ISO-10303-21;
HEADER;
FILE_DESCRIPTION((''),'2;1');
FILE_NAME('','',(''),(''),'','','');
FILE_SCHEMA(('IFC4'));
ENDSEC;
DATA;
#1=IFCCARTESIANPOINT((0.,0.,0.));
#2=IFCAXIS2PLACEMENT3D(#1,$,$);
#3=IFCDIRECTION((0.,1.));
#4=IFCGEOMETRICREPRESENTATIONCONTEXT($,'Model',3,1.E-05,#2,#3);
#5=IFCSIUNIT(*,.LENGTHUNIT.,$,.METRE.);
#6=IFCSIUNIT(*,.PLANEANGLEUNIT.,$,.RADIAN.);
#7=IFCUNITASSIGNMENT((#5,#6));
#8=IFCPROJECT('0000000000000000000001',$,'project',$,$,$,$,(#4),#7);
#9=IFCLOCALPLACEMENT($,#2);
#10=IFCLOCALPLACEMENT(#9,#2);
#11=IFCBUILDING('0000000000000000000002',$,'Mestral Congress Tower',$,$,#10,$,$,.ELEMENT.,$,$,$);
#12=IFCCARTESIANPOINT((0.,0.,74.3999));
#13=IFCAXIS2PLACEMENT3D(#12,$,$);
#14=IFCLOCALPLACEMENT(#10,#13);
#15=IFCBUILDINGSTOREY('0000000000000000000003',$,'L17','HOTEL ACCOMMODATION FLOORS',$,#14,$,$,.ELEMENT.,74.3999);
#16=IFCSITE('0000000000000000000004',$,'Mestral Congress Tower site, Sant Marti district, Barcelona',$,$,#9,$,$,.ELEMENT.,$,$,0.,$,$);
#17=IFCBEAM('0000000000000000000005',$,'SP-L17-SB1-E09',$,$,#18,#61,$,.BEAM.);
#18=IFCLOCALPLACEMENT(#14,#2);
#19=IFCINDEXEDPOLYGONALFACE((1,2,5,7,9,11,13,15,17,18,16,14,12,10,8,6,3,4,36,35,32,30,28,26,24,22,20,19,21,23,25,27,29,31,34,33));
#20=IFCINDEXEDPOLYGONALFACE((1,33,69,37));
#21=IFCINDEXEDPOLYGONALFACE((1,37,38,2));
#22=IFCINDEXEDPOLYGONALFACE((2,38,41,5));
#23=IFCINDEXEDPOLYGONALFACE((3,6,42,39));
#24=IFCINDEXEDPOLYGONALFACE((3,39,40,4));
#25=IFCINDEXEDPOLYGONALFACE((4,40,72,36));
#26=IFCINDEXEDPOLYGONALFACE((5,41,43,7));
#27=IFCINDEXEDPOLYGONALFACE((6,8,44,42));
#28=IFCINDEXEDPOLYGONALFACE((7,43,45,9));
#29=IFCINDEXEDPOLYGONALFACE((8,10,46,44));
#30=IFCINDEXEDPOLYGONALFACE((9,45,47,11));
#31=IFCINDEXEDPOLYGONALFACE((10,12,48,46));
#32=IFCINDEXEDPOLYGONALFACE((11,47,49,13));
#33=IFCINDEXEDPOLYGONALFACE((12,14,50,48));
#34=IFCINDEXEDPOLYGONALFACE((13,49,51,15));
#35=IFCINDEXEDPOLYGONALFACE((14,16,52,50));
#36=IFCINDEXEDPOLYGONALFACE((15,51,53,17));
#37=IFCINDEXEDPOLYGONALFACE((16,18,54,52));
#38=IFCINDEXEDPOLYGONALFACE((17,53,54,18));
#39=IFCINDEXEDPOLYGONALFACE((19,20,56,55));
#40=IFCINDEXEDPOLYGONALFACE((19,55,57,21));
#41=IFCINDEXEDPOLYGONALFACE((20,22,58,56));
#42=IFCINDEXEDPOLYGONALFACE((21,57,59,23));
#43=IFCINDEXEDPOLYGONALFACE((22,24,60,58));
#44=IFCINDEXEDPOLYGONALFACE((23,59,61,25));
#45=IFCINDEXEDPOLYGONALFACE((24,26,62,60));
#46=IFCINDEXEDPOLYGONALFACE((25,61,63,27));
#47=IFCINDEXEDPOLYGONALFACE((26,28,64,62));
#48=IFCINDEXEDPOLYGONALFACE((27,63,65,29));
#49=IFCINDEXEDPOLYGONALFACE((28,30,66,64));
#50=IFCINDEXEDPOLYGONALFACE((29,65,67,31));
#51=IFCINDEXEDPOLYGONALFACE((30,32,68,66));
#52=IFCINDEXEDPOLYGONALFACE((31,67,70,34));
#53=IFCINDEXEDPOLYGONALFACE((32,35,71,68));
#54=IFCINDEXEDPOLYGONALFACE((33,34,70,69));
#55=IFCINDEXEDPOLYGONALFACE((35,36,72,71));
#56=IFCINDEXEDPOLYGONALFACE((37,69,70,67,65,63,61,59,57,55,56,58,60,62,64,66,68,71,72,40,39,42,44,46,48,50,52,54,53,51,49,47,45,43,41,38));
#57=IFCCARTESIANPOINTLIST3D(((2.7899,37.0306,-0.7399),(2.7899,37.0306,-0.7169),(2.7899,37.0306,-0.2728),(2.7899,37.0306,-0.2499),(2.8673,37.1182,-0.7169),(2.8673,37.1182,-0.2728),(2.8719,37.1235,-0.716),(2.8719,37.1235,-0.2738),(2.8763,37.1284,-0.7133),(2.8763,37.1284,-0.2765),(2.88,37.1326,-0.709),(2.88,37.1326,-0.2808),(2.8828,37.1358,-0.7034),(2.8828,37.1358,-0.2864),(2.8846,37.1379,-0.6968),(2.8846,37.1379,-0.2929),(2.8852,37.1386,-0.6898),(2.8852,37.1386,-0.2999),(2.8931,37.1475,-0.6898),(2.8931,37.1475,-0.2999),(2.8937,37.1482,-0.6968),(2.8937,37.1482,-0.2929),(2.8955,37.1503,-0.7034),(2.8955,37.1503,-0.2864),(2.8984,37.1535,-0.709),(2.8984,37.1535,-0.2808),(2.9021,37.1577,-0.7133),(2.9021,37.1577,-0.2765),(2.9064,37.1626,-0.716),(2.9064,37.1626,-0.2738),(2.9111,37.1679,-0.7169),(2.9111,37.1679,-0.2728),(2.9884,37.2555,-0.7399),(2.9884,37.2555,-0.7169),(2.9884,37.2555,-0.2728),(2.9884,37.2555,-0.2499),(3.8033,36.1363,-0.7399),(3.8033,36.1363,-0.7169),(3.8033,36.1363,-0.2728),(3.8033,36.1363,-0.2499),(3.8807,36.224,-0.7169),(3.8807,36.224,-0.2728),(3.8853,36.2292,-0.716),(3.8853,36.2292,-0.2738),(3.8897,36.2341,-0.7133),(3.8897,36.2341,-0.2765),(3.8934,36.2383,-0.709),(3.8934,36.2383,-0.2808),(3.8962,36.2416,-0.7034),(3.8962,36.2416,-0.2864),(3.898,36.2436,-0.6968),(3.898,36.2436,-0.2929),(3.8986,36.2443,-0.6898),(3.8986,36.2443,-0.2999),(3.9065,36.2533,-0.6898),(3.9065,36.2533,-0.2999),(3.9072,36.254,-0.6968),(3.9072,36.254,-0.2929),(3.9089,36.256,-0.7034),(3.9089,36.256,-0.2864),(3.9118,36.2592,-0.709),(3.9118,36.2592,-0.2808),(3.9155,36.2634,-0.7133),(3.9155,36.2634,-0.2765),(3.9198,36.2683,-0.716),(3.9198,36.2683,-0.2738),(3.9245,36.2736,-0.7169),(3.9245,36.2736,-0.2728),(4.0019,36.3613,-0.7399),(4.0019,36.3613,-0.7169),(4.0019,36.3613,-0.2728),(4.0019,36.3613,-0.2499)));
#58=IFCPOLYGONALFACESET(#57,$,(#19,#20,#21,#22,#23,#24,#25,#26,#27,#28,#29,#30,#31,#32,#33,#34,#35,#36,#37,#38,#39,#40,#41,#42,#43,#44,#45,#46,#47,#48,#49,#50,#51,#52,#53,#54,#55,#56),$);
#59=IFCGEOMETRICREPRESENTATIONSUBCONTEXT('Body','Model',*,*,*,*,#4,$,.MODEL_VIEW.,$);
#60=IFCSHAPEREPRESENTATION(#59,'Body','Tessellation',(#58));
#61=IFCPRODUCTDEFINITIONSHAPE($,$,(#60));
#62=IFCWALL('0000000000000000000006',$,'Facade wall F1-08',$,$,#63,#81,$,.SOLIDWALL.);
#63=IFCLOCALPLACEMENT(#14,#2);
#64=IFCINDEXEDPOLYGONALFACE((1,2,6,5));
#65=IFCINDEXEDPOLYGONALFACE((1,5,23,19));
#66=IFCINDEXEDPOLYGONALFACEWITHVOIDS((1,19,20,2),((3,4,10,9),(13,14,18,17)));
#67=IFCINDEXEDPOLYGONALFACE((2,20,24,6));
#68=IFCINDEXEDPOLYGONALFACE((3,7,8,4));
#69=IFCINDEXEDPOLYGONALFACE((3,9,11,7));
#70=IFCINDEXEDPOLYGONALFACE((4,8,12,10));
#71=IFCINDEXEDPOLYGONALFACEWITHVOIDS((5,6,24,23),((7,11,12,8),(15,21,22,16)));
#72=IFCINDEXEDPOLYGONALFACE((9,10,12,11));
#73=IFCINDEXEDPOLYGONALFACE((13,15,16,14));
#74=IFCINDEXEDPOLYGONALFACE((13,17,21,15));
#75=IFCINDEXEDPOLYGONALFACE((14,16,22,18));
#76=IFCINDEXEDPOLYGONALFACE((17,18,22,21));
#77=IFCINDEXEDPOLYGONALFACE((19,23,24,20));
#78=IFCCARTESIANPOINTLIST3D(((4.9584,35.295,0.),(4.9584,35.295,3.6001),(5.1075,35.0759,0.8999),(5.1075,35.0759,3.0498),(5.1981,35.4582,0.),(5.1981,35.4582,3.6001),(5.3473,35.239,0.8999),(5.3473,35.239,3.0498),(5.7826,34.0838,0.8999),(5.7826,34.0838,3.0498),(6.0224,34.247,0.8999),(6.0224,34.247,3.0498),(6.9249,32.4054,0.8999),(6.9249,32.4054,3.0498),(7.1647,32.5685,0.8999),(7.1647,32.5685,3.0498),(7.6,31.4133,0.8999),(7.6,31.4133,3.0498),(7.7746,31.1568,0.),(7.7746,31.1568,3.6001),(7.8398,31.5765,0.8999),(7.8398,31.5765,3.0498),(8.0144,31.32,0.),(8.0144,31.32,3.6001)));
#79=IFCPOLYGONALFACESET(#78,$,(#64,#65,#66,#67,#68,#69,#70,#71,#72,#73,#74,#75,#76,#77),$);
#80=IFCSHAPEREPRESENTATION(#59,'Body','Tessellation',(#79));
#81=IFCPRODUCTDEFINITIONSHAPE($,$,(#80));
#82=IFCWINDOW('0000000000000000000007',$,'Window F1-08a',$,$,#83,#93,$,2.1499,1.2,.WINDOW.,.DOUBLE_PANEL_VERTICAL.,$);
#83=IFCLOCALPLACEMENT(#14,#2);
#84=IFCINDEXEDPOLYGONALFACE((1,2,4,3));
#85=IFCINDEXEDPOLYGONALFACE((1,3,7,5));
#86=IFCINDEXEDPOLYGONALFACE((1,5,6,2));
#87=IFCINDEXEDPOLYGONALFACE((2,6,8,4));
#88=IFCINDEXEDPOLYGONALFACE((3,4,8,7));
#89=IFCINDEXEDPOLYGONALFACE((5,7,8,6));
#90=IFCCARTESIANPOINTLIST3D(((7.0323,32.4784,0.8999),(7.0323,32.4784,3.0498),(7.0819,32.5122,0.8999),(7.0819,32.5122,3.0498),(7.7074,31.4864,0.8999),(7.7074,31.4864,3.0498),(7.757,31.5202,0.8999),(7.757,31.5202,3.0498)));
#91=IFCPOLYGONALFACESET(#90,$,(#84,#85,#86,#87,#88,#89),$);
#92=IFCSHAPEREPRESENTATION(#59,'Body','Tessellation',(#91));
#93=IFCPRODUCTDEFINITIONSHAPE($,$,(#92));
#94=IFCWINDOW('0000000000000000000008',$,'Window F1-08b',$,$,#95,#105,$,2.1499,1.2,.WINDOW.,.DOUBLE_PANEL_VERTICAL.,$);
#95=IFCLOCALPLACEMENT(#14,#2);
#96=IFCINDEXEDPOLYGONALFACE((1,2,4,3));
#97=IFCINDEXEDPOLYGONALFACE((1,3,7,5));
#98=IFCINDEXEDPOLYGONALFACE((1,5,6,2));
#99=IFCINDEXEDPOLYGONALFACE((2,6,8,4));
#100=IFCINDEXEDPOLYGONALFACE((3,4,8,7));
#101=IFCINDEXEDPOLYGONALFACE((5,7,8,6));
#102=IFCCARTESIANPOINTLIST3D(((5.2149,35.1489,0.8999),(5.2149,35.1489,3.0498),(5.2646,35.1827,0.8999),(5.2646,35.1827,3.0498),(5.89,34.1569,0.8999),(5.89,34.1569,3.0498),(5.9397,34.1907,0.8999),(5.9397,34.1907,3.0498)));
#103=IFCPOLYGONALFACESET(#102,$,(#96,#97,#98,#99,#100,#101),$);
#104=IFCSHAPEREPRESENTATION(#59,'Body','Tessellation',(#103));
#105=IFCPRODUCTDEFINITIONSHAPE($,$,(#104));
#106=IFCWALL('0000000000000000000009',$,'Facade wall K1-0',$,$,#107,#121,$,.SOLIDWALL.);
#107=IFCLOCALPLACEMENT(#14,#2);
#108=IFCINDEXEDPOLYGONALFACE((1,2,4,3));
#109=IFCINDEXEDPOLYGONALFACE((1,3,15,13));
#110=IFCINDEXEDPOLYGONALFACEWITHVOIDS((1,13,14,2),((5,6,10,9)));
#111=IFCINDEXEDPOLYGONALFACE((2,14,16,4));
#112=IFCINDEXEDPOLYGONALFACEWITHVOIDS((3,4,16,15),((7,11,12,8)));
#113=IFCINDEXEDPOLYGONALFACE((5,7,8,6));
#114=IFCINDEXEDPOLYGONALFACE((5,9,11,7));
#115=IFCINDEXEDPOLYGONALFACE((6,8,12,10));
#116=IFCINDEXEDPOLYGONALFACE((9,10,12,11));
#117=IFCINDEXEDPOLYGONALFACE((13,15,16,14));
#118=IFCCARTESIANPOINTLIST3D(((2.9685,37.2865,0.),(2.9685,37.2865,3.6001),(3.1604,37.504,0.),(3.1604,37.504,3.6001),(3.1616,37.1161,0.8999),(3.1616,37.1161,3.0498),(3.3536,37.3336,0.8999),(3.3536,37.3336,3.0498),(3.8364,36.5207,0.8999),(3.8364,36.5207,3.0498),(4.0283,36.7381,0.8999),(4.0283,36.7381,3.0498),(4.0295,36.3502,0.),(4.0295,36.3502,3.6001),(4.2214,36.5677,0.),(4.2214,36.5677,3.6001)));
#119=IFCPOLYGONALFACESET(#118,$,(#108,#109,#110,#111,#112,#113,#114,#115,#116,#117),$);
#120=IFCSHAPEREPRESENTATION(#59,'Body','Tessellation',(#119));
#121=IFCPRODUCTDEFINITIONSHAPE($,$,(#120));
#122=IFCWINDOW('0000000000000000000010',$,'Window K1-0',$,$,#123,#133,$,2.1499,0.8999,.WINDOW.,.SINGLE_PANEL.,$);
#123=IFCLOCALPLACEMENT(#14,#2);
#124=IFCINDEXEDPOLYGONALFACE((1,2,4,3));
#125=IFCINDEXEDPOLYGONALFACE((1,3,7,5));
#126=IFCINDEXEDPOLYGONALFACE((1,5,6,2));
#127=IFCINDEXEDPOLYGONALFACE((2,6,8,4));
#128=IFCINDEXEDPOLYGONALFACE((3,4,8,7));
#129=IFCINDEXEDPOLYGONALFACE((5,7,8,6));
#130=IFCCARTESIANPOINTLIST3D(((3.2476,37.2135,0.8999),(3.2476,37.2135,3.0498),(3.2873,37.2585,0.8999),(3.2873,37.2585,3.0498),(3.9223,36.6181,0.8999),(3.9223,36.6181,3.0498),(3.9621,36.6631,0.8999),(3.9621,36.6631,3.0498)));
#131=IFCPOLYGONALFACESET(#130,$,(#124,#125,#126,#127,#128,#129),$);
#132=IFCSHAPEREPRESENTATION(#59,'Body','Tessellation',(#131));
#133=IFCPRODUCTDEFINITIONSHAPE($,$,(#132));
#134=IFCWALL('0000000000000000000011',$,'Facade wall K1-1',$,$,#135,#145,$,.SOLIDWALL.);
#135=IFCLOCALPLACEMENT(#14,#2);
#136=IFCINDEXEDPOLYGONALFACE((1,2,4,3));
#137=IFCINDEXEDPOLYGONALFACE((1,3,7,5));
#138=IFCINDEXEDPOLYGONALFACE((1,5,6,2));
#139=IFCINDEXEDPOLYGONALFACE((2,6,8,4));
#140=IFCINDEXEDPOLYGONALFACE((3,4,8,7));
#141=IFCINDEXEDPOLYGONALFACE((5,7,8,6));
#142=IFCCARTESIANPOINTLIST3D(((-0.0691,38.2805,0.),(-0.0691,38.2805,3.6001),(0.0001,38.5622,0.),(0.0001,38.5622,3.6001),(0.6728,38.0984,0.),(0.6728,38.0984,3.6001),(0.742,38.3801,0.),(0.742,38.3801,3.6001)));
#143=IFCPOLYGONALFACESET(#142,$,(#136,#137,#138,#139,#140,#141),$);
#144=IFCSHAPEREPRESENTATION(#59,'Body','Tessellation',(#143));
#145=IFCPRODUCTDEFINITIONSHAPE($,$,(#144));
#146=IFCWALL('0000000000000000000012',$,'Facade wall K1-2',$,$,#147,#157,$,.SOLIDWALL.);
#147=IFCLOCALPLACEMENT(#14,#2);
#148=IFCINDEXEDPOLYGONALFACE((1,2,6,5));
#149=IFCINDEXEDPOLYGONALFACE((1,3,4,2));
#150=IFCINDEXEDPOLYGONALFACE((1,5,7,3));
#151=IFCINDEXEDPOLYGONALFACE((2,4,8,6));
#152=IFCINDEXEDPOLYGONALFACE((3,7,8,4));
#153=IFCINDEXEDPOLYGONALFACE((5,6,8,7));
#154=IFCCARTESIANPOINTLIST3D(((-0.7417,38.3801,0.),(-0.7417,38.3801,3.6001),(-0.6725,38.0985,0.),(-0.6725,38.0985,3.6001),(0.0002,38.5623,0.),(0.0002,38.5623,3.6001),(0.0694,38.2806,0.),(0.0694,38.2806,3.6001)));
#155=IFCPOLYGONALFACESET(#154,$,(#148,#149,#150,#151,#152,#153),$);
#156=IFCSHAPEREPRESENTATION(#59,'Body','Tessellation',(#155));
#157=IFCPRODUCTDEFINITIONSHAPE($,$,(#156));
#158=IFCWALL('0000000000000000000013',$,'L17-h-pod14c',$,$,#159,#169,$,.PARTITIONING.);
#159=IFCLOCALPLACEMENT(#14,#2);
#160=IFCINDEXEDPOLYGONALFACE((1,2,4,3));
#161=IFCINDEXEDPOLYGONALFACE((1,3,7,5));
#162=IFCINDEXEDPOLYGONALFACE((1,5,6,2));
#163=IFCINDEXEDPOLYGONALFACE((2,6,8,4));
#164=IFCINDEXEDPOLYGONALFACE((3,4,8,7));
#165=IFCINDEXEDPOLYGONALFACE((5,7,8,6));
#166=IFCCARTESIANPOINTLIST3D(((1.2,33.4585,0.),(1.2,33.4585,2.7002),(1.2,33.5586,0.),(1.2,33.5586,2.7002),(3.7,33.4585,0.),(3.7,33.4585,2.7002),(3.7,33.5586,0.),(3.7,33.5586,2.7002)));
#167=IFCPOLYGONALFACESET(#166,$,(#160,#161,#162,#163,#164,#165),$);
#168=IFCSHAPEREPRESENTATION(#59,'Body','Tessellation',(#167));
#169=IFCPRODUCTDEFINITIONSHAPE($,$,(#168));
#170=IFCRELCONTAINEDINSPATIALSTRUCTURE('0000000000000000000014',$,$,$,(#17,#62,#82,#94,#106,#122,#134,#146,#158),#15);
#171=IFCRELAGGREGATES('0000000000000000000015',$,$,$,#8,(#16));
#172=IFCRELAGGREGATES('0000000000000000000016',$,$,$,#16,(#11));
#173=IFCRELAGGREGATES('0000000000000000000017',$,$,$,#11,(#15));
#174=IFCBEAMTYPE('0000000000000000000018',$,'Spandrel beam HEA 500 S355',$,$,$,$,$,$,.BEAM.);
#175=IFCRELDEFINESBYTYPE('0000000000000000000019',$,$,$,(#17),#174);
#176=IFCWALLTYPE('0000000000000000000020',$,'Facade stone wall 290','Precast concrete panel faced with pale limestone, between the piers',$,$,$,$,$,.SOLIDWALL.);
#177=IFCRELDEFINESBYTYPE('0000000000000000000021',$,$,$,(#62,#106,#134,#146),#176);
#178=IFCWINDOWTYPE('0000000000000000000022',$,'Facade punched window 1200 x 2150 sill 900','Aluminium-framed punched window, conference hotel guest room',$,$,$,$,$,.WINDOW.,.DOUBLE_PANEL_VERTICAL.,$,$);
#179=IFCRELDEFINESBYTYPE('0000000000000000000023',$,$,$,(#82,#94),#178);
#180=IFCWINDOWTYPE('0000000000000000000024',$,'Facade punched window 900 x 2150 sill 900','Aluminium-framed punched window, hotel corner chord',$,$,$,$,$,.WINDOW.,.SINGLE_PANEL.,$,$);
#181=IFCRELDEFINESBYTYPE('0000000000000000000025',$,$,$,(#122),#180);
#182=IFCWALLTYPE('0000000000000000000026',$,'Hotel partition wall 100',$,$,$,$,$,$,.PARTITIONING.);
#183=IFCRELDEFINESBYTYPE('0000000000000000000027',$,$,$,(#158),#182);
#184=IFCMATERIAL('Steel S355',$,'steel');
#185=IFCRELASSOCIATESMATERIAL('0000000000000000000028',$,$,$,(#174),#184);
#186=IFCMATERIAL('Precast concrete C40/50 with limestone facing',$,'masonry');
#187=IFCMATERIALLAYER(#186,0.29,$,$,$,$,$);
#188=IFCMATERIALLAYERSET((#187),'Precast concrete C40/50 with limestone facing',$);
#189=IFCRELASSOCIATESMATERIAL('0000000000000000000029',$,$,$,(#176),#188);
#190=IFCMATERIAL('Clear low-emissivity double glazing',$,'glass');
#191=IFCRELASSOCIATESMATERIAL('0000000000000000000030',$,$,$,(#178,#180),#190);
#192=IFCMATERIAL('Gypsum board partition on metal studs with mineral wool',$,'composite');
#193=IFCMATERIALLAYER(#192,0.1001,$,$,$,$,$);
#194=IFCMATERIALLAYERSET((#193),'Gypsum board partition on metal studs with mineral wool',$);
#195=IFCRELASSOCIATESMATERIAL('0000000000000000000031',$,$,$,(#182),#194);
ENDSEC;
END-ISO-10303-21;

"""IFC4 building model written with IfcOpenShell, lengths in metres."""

from ifc_helpers import new_model, si_unit, direction, frame, frame_2d, origin, origin_2d, place, context, subcontext, project, spatial, rectangle, i_section, extrude, material, layer, layer_set, material_profile, profile_set, type_object, element, fill, save


model = new_model("IFC4")

# Units and contexts
model_context = context("Model", 3, precision=1e-05, world=origin(), true_north=direction((0.0, 1.0)))
body_context = subcontext(model_context, "Body", "Model", "MODEL_VIEW")
ifc_project = project(units=[si_unit("LENGTHUNIT", "METRE"), si_unit("PLANEANGLEUNIT", "RADIAN")], contexts=[model_context])

# Site, building, storey
site_placement = place(None, origin())
site = spatial("IfcSite", under=ifc_project, at=site_placement, Name="Mestral Congress Tower site, Sant Marti district, Barcelona", CompositionType="ELEMENT", RefElevation=0.0)
building_placement = place(site_placement, origin())
building = spatial("IfcBuilding", under=site, at=building_placement, Name="Mestral Congress Tower", CompositionType="ELEMENT")
storey_placement = place(building_placement, frame((0.0, 0.0, 74.3999)))
storey = spatial("IfcBuildingStorey", under=building, at=storey_placement, Name="L17", Description="HOTEL ACCOMMODATION FLOORS", CompositionType="ELEMENT", Elevation=74.3999)

# Beam
ifc_material_1 = material(Name="Steel S355", Category="steel")
ifc_material_profile_1 = material_profile(ifc_material_1, i_section(OverallWidth=0.3, OverallDepth=0.49, WebThickness=0.012, FlangeThickness=0.0229, FilletRadius=0.0271, at=origin_2d()), Name="HEA 500")
ifc_profile_set_1 = profile_set([ifc_material_profile_1], Name="Steel S355")
beam_type_1 = type_object("IfcBeamType", Name="Spandrel beam HEA 500 S355", PredefinedType="BEAM", material=ifc_profile_set_1)
beam_1_placement = place(storey_placement, frame((3.9026, 36.2488, -0.4949), z_axis=(-0.749806, 0.661657, 0.0), x_axis=(-0.661657, -0.749806, 0.0)))
element("IfcBeam", 1, at=beam_1_placement, inside=storey, type_object=beam_type_1, Name="SP-L17-SB1-E09", PredefinedType="BEAM", context=body_context, shape_type="SweptSolid", body=[
    extrude(i_section(OverallWidth=0.3, OverallDepth=0.49, WebThickness=0.012, FlangeThickness=0.0229, FilletRadius=0.0271, at=origin_2d()), origin(), (0.0, 0.0, 1.0), 1.3516),
])

# Wall, openings, windows
ifc_material_2 = material(Name="Precast concrete C40/50 with limestone facing", Category="masonry")
ifc_layer_1 = layer(ifc_material_2, 0.29)
ifc_layer_set_1 = layer_set([ifc_layer_1], Name="Precast concrete C40/50 with limestone facing")
wall_type_1 = type_object("IfcWallType", Name="Facade stone wall 290", Description="Precast concrete panel faced with pale limestone, between the piers", PredefinedType="SOLIDWALL", material=ifc_layer_set_1)
wall_1_placement = place(storey_placement, frame((7.8945, 31.2383, 0.0), z_axis=(0.0, 0.0, 1.0), x_axis=(-0.56261, 0.826722, 0.0)))
wall_1 = element("IfcWall", 2, at=wall_1_placement, inside=storey, type_object=wall_type_1, Name="Facade wall F1-08", PredefinedType="SOLIDWALL", context=body_context, shape_type="SweptSolid", body=[
    extrude(rectangle(XDim=5.0056, YDim=0.29, at=frame_2d((2.5029, 0.0))), origin(), (0.0, 0.0, 1.0), 3.6001),
])
opening_1_placement = place(wall_1_placement, frame((0.3103, 0.0, 0.8999)))
opening_1 = element("IfcOpeningElement", 3, at=opening_1_placement, cuts=wall_1, PredefinedType="OPENING", context=body_context, shape_type="SweptSolid", body=[
    extrude(rectangle(XDim=1.2, YDim=2.1499, at=frame_2d((0.6001, 1.075))), frame((0.0, 0.155, 0.0), z_axis=(0.0, -1.0, 0.0), x_axis=(1.0, 0.0, 0.0)), (0.0, 0.0, 1.0), 0.3101),
])
opening_2_placement = place(wall_1_placement, frame((3.5405, 0.0, 0.8999)))
opening_2 = element("IfcOpeningElement", 4, at=opening_2_placement, cuts=wall_1, PredefinedType="OPENING", context=body_context, shape_type="SweptSolid", body=[
    extrude(rectangle(XDim=1.2, YDim=2.1499, at=frame_2d((0.6001, 1.075))), frame((0.0, 0.155, 0.0), z_axis=(0.0, -1.0, 0.0), x_axis=(1.0, 0.0, 0.0)), (0.0, 0.0, 1.0), 0.3101),
])
ifc_material_3 = material(Name="Clear low-emissivity double glazing", Category="glass")
window_type_1 = type_object("IfcWindowType", Name="Facade punched window 1200 x 2150 sill 900", Description="Aluminium-framed punched window, conference hotel guest room", PartitioningType="DOUBLE_PANEL_VERTICAL", PredefinedType="WINDOW", material=ifc_material_3)
window_1_placement = place(opening_1_placement, origin())
window_1 = element("IfcWindow", 5, at=window_1_placement, inside=storey, type_object=window_type_1, Name="Window F1-08a", OverallHeight=2.1499, OverallWidth=1.2, PartitioningType="DOUBLE_PANEL_VERTICAL", PredefinedType="WINDOW", context=body_context, shape_type="SweptSolid", body=[
    extrude(rectangle(XDim=1.2, YDim=2.1499, at=frame_2d((0.6001, 1.075))), frame((0.0, 0.0151, 0.0), z_axis=(0.0, -1.0, 0.0), x_axis=(1.0, 0.0, 0.0)), (0.0, 0.0, 1.0), 0.0601),
])
fill(opening_1, window_1)
window_2_placement = place(opening_2_placement, origin())
window_2 = element("IfcWindow", 6, at=window_2_placement, inside=storey, type_object=window_type_1, Name="Window F1-08b", OverallHeight=2.1499, OverallWidth=1.2, PartitioningType="DOUBLE_PANEL_VERTICAL", PredefinedType="WINDOW", context=body_context, shape_type="SweptSolid", body=[
    extrude(rectangle(XDim=1.2, YDim=2.1499, at=frame_2d((0.6001, 1.075))), frame((0.0, 0.0151, 0.0), z_axis=(0.0, -1.0, 0.0), x_axis=(1.0, 0.0, 0.0)), (0.0, 0.0, 1.0), 0.0601),
])
fill(opening_2, window_2)

# Wall, opening, window
wall_2_placement = place(storey_placement, frame((4.1255, 36.459, 0.0), z_axis=(0.0, 0.0, 1.0), x_axis=(-0.749813, 0.66165, 0.0)))
wall_2 = element("IfcWall", 7, at=wall_2_placement, inside=storey, type_object=wall_type_1, Name="Facade wall K1-0", PredefinedType="SOLIDWALL", context=body_context, shape_type="SweptSolid", body=[
    extrude(rectangle(XDim=1.415, YDim=0.29, at=frame_2d((0.7075, 0.0))), origin(), (0.0, 0.0, 1.0), 3.6001),
])
opening_3_placement = place(wall_2_placement, frame((0.2576, 0.0, 0.8999)))
opening_3 = element("IfcOpeningElement", 8, at=opening_3_placement, cuts=wall_2, PredefinedType="OPENING", context=body_context, shape_type="SweptSolid", body=[
    extrude(rectangle(XDim=0.8999, YDim=2.1499, at=frame_2d((0.45, 1.075))), frame((0.0, 0.155, 0.0), z_axis=(0.0, -1.0, 0.0), x_axis=(1.0, 0.0, 0.0)), (0.0, 0.0, 1.0), 0.3101),
])
window_type_2 = type_object("IfcWindowType", Name="Facade punched window 900 x 2150 sill 900", Description="Aluminium-framed punched window, hotel corner chord", PartitioningType="SINGLE_PANEL", PredefinedType="WINDOW", material=ifc_material_3)
window_3_placement = place(opening_3_placement, origin())
window_3 = element("IfcWindow", 9, at=window_3_placement, inside=storey, type_object=window_type_2, Name="Window K1-0", OverallHeight=2.1499, OverallWidth=0.8999, PartitioningType="SINGLE_PANEL", PredefinedType="WINDOW", context=body_context, shape_type="SweptSolid", body=[
    extrude(rectangle(XDim=0.8999, YDim=2.1499, at=frame_2d((0.45, 1.075))), frame((0.0, 0.0151, 0.0), z_axis=(0.0, -1.0, 0.0), x_axis=(1.0, 0.0, 0.0)), (0.0, 0.0, 1.0), 0.0601),
])
fill(opening_3, window_3)

# Walls
for number, where, z_axis, x_axis, name in (
    (10, (0.7073, 38.2393, 0.0), (0.0, 0.0, 1.0), (-0.971168, 0.238398, 0.0), "Facade wall K1-1"),
    (11, (0.0347, 38.4214, 0.0), (0.0, 0.0, 1.0), (-0.971168, -0.238398, 0.0), "Facade wall K1-2"),
):
    element("IfcWall", number, at=place(storey_placement, frame(where, z_axis=z_axis, x_axis=x_axis)), inside=storey, type_object=wall_type_1, Name=name, PredefinedType="SOLIDWALL", context=body_context, shape_type="SweptSolid", body=[
        extrude(rectangle(XDim=0.7639, YDim=0.29, at=frame_2d((0.3818, 0.0))), origin(), (0.0, 0.0, 1.0), 3.6001),
    ])
ifc_material_4 = material(Name="Gypsum board partition on metal studs with mineral wool", Category="composite")
ifc_layer_2 = layer(ifc_material_4, 0.1001)
ifc_layer_set_2 = layer_set([ifc_layer_2], Name="Gypsum board partition on metal studs with mineral wool")
wall_type_2 = type_object("IfcWallType", Name="Hotel partition wall 100", PredefinedType="PARTITIONING", material=ifc_layer_set_2)
wall_3_placement = place(storey_placement, frame((1.2, 33.5085, 0.0), z_axis=(0.0, 0.0, 1.0), x_axis=(1.0, 0.0, 0.0)))
element("IfcWall", 12, at=wall_3_placement, inside=storey, type_object=wall_type_2, Name="L17-h-pod14c", PredefinedType="PARTITIONING", context=body_context, shape_type="SweptSolid", body=[
    extrude(rectangle(XDim=2.5, YDim=0.1001, at=frame_2d((1.25, 0.0))), origin(), (0.0, 0.0, 1.0), 2.7002),
])

save(model, "model.ifc")
